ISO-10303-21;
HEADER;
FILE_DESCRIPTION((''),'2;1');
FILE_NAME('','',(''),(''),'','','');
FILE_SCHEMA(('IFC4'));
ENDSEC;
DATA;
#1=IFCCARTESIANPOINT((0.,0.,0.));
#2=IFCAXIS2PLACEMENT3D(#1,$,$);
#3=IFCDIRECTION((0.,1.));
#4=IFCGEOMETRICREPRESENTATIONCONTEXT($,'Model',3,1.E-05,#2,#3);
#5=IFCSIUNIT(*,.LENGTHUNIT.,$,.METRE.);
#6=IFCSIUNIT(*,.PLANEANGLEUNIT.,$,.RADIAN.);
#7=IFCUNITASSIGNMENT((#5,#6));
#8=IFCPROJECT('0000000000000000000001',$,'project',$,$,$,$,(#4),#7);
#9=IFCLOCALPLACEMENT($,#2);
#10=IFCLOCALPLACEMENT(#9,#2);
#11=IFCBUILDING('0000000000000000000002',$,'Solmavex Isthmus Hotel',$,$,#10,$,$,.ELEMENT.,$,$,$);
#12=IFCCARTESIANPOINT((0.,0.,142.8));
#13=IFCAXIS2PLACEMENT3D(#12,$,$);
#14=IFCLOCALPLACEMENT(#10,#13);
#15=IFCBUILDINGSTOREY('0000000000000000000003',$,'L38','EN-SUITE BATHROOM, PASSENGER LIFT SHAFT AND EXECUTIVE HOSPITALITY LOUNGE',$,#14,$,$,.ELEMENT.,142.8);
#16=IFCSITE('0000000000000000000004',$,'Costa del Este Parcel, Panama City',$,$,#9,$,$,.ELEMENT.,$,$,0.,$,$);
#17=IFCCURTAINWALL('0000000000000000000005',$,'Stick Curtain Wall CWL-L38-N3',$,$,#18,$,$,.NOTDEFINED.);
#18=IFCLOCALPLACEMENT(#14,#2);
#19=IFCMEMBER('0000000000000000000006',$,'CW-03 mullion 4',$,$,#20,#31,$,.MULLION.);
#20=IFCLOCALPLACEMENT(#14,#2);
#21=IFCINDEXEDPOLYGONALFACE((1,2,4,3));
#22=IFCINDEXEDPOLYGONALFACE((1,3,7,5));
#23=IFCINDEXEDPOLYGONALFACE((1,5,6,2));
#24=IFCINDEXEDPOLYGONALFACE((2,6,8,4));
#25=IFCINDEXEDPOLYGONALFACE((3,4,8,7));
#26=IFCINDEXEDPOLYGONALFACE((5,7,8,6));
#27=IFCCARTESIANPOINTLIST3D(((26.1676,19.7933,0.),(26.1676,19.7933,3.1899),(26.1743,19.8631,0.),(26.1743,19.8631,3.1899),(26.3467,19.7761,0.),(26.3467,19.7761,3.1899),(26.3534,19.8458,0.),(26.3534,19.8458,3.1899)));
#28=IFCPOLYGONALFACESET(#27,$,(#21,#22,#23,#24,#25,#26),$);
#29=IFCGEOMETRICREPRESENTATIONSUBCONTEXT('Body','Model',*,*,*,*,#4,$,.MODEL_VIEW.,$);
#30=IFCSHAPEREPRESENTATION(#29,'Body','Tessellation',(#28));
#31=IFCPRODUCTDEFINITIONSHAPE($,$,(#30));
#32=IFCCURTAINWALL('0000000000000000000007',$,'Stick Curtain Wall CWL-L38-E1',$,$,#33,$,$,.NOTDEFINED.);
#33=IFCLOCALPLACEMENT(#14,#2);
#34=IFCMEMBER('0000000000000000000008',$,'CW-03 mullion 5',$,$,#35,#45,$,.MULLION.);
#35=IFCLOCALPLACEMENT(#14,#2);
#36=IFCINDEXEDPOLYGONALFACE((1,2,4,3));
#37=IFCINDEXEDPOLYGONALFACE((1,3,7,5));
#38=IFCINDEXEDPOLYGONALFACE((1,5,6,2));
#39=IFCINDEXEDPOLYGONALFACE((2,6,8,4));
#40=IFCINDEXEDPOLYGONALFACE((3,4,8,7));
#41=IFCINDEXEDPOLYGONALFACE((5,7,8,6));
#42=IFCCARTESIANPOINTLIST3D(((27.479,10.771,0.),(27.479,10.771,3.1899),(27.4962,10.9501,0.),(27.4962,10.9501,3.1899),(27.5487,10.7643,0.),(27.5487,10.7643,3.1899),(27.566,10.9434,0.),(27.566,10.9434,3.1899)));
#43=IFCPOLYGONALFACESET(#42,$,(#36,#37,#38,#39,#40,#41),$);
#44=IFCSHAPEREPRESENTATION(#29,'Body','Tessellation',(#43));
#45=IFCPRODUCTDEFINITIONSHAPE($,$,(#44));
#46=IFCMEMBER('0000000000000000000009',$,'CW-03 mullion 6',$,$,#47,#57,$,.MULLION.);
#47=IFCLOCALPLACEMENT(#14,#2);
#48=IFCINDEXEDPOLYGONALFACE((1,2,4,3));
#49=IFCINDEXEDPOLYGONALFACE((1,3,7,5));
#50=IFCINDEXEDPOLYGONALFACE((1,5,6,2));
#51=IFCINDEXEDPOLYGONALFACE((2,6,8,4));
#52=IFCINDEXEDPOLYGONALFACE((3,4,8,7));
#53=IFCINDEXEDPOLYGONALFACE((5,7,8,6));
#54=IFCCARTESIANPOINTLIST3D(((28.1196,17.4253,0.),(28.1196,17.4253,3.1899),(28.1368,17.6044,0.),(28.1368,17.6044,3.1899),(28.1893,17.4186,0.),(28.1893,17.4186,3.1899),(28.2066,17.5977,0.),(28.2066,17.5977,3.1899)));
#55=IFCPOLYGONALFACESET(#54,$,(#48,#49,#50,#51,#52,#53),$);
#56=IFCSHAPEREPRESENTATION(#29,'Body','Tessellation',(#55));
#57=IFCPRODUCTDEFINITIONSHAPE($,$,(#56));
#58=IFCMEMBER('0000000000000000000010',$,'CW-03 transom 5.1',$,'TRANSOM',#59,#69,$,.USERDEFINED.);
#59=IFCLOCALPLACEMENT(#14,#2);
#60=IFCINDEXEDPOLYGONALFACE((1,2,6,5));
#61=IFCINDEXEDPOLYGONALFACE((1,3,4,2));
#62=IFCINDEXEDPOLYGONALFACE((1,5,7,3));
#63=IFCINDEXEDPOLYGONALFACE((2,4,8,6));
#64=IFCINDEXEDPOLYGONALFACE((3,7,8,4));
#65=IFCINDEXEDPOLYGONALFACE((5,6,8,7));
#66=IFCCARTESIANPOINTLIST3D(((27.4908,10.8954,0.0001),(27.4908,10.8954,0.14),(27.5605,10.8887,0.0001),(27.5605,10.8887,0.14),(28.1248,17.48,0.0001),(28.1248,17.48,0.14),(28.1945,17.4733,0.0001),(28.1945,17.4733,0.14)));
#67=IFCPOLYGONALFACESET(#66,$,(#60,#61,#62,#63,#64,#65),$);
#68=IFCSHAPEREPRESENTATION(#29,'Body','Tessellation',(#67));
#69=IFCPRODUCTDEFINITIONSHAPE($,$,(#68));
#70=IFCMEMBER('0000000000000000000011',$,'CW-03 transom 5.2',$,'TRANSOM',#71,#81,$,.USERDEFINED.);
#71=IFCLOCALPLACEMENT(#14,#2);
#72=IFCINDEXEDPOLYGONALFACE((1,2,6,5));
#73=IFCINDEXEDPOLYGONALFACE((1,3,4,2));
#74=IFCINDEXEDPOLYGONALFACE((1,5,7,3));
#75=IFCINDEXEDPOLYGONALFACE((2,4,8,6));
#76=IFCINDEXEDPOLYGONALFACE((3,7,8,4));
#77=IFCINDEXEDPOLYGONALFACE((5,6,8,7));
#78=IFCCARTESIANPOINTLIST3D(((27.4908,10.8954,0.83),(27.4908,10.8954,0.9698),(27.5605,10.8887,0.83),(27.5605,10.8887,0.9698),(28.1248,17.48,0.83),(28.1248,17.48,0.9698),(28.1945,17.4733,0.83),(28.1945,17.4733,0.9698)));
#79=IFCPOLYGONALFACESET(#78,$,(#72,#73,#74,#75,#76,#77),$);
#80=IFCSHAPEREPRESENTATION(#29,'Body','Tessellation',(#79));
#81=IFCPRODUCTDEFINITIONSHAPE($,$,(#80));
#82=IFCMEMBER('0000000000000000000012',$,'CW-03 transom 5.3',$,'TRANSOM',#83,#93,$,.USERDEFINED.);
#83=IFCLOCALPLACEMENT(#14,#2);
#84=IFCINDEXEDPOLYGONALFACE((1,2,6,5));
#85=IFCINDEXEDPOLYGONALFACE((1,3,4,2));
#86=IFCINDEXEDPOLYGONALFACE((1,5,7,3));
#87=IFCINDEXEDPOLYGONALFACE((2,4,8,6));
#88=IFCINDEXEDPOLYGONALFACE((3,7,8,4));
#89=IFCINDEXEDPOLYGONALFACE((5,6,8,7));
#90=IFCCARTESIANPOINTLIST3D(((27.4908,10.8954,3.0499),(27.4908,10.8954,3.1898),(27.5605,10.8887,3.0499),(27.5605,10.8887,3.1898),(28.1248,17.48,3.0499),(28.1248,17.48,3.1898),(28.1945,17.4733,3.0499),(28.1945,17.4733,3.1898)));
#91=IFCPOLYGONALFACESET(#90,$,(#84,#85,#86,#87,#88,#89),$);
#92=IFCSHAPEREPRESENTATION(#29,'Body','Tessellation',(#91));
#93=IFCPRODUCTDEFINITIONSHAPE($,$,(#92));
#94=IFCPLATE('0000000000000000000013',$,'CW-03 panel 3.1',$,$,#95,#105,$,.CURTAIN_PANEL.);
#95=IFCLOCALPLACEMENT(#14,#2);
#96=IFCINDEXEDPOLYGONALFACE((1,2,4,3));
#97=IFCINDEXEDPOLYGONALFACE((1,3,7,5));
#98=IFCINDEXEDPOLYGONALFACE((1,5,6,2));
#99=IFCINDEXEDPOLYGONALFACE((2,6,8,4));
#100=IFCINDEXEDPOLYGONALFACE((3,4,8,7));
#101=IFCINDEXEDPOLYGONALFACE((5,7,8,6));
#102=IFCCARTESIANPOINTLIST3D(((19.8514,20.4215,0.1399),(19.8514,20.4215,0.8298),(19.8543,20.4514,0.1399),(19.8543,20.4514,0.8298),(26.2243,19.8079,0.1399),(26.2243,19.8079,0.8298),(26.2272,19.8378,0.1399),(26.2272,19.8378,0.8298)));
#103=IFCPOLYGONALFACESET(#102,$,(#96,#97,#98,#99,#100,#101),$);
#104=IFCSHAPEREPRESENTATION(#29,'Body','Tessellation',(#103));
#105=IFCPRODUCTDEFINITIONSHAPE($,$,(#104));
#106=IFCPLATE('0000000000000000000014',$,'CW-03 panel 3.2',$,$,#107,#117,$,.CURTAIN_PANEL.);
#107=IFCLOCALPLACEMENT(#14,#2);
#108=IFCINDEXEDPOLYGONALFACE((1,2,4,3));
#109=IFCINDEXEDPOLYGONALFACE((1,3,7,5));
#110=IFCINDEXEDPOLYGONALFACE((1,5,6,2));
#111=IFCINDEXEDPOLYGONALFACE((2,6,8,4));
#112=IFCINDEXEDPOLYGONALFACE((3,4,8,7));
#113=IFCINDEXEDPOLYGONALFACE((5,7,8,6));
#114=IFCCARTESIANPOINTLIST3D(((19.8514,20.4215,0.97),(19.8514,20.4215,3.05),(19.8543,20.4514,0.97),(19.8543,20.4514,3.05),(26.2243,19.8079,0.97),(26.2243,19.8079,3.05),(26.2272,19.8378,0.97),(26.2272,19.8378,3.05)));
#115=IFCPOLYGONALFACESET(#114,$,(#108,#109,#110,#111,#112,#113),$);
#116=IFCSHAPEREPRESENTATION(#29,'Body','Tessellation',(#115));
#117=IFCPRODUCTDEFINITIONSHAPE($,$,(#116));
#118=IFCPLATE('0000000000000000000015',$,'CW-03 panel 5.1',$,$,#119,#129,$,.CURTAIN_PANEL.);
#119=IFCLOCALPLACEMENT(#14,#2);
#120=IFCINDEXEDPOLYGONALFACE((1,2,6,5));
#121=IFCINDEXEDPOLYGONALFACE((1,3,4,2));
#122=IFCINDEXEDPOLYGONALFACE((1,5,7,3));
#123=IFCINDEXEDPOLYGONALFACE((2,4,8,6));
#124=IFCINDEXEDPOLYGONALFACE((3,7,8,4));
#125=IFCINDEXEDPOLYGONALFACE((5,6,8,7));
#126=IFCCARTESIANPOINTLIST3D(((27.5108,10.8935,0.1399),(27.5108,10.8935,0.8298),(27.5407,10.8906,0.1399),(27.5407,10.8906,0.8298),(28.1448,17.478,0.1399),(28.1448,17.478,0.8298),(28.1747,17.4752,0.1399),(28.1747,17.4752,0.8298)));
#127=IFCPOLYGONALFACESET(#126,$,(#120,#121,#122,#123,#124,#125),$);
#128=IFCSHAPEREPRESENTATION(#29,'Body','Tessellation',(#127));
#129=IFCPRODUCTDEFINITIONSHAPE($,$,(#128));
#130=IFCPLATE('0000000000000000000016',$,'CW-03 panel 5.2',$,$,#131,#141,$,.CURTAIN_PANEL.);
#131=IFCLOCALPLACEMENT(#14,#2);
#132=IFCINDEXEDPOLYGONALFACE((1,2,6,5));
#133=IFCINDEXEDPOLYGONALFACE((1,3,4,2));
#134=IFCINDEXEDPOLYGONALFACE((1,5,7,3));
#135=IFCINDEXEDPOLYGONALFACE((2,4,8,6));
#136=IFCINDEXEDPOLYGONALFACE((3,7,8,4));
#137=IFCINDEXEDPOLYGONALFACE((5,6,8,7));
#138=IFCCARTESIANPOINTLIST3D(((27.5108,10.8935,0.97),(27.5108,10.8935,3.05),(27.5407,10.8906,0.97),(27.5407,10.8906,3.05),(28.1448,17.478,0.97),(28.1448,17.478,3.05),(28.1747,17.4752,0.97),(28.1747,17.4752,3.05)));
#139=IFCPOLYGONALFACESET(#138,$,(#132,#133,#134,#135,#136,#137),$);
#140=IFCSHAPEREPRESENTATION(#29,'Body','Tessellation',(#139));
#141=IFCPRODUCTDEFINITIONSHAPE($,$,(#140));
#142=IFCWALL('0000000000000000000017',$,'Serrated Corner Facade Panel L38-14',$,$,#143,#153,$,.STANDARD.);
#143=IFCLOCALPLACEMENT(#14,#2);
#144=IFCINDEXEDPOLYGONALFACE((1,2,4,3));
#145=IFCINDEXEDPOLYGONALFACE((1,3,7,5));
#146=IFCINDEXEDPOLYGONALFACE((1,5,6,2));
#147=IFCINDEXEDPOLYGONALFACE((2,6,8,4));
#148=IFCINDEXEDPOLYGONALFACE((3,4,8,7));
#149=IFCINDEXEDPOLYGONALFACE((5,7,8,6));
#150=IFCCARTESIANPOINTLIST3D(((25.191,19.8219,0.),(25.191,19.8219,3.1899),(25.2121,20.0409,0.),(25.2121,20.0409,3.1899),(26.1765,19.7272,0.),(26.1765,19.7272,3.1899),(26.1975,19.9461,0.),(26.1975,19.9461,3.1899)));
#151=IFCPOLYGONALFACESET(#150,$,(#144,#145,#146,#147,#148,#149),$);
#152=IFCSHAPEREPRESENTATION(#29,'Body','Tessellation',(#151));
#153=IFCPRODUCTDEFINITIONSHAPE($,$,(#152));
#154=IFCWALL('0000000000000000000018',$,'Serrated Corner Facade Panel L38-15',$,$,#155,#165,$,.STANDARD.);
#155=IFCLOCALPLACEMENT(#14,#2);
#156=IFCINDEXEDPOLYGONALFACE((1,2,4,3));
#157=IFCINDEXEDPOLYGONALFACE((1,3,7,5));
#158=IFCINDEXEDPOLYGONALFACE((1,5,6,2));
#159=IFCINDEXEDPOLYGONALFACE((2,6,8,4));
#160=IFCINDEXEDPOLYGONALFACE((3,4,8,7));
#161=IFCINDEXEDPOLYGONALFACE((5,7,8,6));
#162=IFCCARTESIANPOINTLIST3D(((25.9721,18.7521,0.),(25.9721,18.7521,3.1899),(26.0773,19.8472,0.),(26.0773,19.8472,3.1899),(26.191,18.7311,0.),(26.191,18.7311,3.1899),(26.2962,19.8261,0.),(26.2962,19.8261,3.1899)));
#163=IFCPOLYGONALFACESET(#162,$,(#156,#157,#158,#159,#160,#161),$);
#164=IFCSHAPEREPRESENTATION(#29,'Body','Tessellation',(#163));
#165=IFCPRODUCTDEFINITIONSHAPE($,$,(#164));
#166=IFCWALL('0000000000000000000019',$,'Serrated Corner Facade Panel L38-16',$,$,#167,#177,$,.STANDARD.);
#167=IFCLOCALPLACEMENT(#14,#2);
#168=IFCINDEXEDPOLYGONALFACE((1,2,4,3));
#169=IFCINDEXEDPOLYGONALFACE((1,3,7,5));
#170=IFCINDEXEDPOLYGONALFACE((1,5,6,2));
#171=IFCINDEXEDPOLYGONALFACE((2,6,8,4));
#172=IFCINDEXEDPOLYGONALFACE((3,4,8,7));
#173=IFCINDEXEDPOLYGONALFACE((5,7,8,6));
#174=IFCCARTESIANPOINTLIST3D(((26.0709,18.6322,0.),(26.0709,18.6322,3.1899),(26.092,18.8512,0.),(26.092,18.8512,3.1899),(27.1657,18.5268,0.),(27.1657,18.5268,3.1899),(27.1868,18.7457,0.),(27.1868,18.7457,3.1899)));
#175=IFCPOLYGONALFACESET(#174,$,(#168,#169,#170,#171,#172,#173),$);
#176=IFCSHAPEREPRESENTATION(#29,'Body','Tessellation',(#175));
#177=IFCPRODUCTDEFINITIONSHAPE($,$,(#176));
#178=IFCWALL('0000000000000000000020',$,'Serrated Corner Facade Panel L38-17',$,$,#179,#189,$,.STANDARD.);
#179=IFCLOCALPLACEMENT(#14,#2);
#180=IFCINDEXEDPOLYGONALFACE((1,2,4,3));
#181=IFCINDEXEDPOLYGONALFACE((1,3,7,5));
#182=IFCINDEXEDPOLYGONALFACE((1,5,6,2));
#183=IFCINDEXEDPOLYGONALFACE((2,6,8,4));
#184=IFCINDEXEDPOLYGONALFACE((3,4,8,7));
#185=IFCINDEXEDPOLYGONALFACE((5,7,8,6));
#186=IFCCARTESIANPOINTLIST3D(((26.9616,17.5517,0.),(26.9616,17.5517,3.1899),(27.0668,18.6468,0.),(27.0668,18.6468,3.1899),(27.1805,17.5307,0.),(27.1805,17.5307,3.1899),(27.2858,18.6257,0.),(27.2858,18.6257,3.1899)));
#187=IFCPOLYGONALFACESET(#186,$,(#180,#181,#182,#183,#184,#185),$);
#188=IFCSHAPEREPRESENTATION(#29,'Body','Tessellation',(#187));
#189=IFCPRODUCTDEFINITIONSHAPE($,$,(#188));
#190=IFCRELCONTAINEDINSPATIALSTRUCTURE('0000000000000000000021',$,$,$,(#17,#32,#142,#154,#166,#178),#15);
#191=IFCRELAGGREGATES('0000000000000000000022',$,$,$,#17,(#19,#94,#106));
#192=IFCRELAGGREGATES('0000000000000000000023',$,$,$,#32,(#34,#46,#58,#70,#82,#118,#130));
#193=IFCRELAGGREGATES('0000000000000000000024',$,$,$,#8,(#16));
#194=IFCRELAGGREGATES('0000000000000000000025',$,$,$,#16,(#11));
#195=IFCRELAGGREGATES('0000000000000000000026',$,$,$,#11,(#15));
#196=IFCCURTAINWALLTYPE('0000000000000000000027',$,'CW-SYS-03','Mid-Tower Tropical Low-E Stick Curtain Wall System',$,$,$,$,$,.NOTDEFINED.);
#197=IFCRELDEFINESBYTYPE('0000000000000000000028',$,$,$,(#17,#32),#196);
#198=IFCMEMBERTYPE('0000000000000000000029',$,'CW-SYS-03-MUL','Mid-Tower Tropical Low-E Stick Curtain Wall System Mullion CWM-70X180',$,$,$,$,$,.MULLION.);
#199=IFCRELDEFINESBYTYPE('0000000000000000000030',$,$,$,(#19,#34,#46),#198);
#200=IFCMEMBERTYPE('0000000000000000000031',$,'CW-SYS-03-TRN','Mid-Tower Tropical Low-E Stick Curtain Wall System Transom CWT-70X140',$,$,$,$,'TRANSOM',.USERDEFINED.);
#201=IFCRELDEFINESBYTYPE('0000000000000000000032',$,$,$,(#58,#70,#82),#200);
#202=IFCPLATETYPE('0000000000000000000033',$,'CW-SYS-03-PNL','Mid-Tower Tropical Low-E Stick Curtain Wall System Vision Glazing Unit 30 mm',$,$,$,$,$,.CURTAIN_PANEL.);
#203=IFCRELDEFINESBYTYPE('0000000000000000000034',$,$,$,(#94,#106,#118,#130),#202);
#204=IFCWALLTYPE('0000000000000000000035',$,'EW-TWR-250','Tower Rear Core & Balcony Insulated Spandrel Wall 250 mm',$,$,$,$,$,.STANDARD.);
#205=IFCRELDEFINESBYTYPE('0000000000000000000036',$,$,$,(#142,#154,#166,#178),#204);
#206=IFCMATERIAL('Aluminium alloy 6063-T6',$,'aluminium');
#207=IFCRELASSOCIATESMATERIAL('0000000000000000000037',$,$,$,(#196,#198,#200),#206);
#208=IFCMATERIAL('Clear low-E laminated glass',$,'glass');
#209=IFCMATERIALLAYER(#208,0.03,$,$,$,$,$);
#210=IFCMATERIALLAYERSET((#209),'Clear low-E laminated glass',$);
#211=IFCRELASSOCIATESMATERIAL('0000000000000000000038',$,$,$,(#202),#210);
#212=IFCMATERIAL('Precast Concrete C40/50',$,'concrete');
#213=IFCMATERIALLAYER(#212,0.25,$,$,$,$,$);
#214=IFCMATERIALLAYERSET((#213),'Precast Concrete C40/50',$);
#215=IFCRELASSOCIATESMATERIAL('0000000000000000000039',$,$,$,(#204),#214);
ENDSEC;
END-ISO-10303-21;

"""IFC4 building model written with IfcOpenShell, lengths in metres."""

from ifc_helpers import new_model, si_unit, direction, frame, frame_2d, origin, origin_2d, place, context, subcontext, project, spatial, rectangle, extrude, material, layer, layer_set, material_profile, profile_set, type_object, element, aggregate, save


model = new_model("IFC4")

# Units and contexts
model_context = context("Model", 3, precision=1e-05, world=origin(), true_north=direction((0.0, 1.0)))
body_context = subcontext(model_context, "Body", "Model", "MODEL_VIEW")
ifc_project = project(units=[si_unit("LENGTHUNIT", "METRE"), si_unit("PLANEANGLEUNIT", "RADIAN")], contexts=[model_context])

# Site, building, storey
site_placement = place(None, origin())
site = spatial("IfcSite", under=ifc_project, at=site_placement, Name="Costa del Este Parcel, Panama City", CompositionType="ELEMENT", RefElevation=0.0)
building_placement = place(site_placement, origin())
building = spatial("IfcBuilding", under=site, at=building_placement, Name="Solmavex Isthmus Hotel", CompositionType="ELEMENT")
storey_placement = place(building_placement, frame((0.0, 0.0, 142.8)))
storey = spatial("IfcBuildingStorey", under=building, at=storey_placement, Name="L38", Description="EN-SUITE BATHROOM, PASSENGER LIFT SHAFT AND EXECUTIVE HOSPITALITY LOUNGE", CompositionType="ELEMENT", Elevation=142.8)

# Curtain wall, member
ifc_material_1 = material(Name="Aluminium alloy 6063-T6", Category="aluminium")
curtain_wall_type = type_object("IfcCurtainWallType", Name="CW-SYS-03", Description="Mid-Tower Tropical Low-E Stick Curtain Wall System", PredefinedType="NOTDEFINED", material=ifc_material_1)
curtain_wall_1_placement = place(storey_placement, origin())
curtain_wall_1 = element("IfcCurtainWall", 1, at=curtain_wall_1_placement, inside=storey, type_object=curtain_wall_type, Name="Stick Curtain Wall CWL-L38-N3", PredefinedType="NOTDEFINED")
ifc_material_profile_1 = material_profile(ifc_material_1, rectangle(XDim=0.0701, YDim=0.1799, at=origin_2d()), Name="CWM-70X180")
ifc_profile_set_1 = profile_set([ifc_material_profile_1], Name="Aluminium alloy 6063-T6")
member_type_1 = type_object("IfcMemberType", Name="CW-SYS-03-MUL", Description="Mid-Tower Tropical Low-E Stick Curtain Wall System Mullion CWM-70X180", PredefinedType="MULLION", material=ifc_profile_set_1)
member_1_placement = place(storey_placement, frame((26.2605, 19.8196, 0.0), z_axis=(0.0, 0.0, 1.0), x_axis=(0.095846, 0.995396, 0.0)))
member_1 = element("IfcMember", 2, at=member_1_placement, type_object=member_type_1, Name="CW-03 mullion 4", PredefinedType="MULLION", context=body_context, shape_type="SweptSolid", body=[
    extrude(rectangle(XDim=0.0701, YDim=0.1799, at=origin_2d()), origin(), (0.0, 0.0, 1.0), 3.1899),
])

# Curtain wall, members
curtain_wall_2_placement = place(storey_placement, origin())
curtain_wall_2 = element("IfcCurtainWall", 3, at=curtain_wall_2_placement, inside=storey, type_object=curtain_wall_type, Name="Stick Curtain Wall CWL-L38-E1", PredefinedType="NOTDEFINED")
member_2_placement = place(storey_placement, frame((27.5225, 10.8572, 0.0), z_axis=(0.0, 0.0, 1.0), x_axis=(-0.995396, 0.095846, 0.0)))
member_2 = element("IfcMember", 4, at=member_2_placement, type_object=member_type_1, Name="CW-03 mullion 5", PredefinedType="MULLION", context=body_context, shape_type="SweptSolid", body=[
    extrude(rectangle(XDim=0.0701, YDim=0.1799, at=origin_2d()), origin(), (0.0, 0.0, 1.0), 3.1899),
])
member_3_placement = place(storey_placement, frame((28.1631, 17.5115, 0.0), z_axis=(0.0, 0.0, 1.0), x_axis=(-0.995396, 0.095846, 0.0)))
member_3 = element("IfcMember", 5, at=member_3_placement, type_object=member_type_1, Name="CW-03 mullion 6", PredefinedType="MULLION", context=body_context, shape_type="SweptSolid", body=[
    extrude(rectangle(XDim=0.0701, YDim=0.1799, at=origin_2d()), origin(), (0.0, 0.0, 1.0), 3.1899),
])
ifc_material_profile_2 = material_profile(ifc_material_1, rectangle(XDim=0.0701, YDim=0.1399, at=origin_2d()), Name="CWT-70X140")
ifc_profile_set_2 = profile_set([ifc_material_profile_2], Name="Aluminium alloy 6063-T6")
member_type_2 = type_object("IfcMemberType", Name="CW-SYS-03-TRN", Description="Mid-Tower Tropical Low-E Stick Curtain Wall System Transom CWT-70X140", ElementType="TRANSOM", PredefinedType="USERDEFINED", material=ifc_profile_set_2)
member_4_placement = place(storey_placement, frame((27.5256, 10.8921, 0.0701), z_axis=(0.095849, 0.995396, 0.0), x_axis=(-0.995396, 0.095849, 0.0)))
member_4 = element("IfcMember", 6, at=member_4_placement, type_object=member_type_2, Name="CW-03 transom 5.1", ObjectType="TRANSOM", PredefinedType="USERDEFINED", context=body_context, shape_type="SweptSolid", body=[
    extrude(rectangle(XDim=0.0701, YDim=0.1399, at=origin_2d()), origin(), (0.0, 0.0, 1.0), 6.615),
])
member_5_placement = place(storey_placement, frame((27.5256, 10.8921, 0.8999), z_axis=(0.095849, 0.995396, 0.0), x_axis=(-0.995396, 0.095849, 0.0)))
member_5 = element("IfcMember", 7, at=member_5_placement, type_object=member_type_2, Name="CW-03 transom 5.2", ObjectType="TRANSOM", PredefinedType="USERDEFINED", context=body_context, shape_type="SweptSolid", body=[
    extrude(rectangle(XDim=0.0701, YDim=0.1399, at=origin_2d()), origin(), (0.0, 0.0, 1.0), 6.615),
])
member_6_placement = place(storey_placement, frame((27.5256, 10.8921, 3.1199), z_axis=(0.095849, 0.995396, 0.0), x_axis=(-0.995396, 0.095849, 0.0)))
member_6 = element("IfcMember", 8, at=member_6_placement, type_object=member_type_2, Name="CW-03 transom 5.3", ObjectType="TRANSOM", PredefinedType="USERDEFINED", context=body_context, shape_type="SweptSolid", body=[
    extrude(rectangle(XDim=0.0701, YDim=0.1399, at=origin_2d()), origin(), (0.0, 0.0, 1.0), 6.615),
])

# Plates
ifc_material_2 = material(Name="Clear low-E laminated glass", Category="glass")
ifc_layer_1 = layer(ifc_material_2, 0.03)
ifc_layer_set_1 = layer_set([ifc_layer_1], Name="Clear low-E laminated glass")
plate_type = type_object("IfcPlateType", Name="CW-SYS-03-PNL", Description="Mid-Tower Tropical Low-E Stick Curtain Wall System Vision Glazing Unit 30 mm", PredefinedType="CURTAIN_PANEL", material=ifc_layer_set_1)
plate_1_placement = place(storey_placement, frame((23.0393, 20.1296, 0.1399), z_axis=(0.0, 0.0, 1.0), x_axis=(0.995396, -0.095846, 0.0)))
plate_1 = element("IfcPlate", 9, at=plate_1_placement, type_object=plate_type, Name="CW-03 panel 3.1", PredefinedType="CURTAIN_PANEL", context=body_context, shape_type="SweptSolid", body=[
    extrude(rectangle(XDim=6.4023, YDim=0.03, at=origin_2d()), origin(), (0.0, 0.0, 1.0), 0.6899),
])
plate_2_placement = place(storey_placement, frame((23.0393, 20.1296, 0.97), z_axis=(0.0, 0.0, 1.0), x_axis=(0.995396, -0.095846, 0.0)))
plate_2 = element("IfcPlate", 10, at=plate_2_placement, type_object=plate_type, Name="CW-03 panel 3.2", PredefinedType="CURTAIN_PANEL", context=body_context, shape_type="SweptSolid", body=[
    extrude(rectangle(XDim=6.4023, YDim=0.03, at=origin_2d()), origin(), (0.0, 0.0, 1.0), 2.0801),
])
aggregate(curtain_wall_1, [member_1, plate_1, plate_2])
plate_3_placement = place(storey_placement, frame((27.8428, 14.1843, 0.1399), z_axis=(0.0, 0.0, 1.0), x_axis=(0.095846, 0.995396, 0.0)))
plate_3 = element("IfcPlate", 11, at=plate_3_placement, type_object=plate_type, Name="CW-03 panel 5.1", PredefinedType="CURTAIN_PANEL", context=body_context, shape_type="SweptSolid", body=[
    extrude(rectangle(XDim=6.615, YDim=0.03, at=origin_2d()), origin(), (0.0, 0.0, 1.0), 0.6899),
])
plate_4_placement = place(storey_placement, frame((27.8428, 14.1843, 0.97), z_axis=(0.0, 0.0, 1.0), x_axis=(0.095846, 0.995396, 0.0)))
plate_4 = element("IfcPlate", 12, at=plate_4_placement, type_object=plate_type, Name="CW-03 panel 5.2", PredefinedType="CURTAIN_PANEL", context=body_context, shape_type="SweptSolid", body=[
    extrude(rectangle(XDim=6.615, YDim=0.03, at=origin_2d()), origin(), (0.0, 0.0, 1.0), 2.0801),
])
aggregate(curtain_wall_2, [member_2, member_3, member_4, member_5, member_6, plate_3, plate_4])

# Walls
ifc_material_3 = material(Name="Precast Concrete C40/50", Category="concrete")
ifc_layer_2 = layer(ifc_material_3, 0.25)
ifc_layer_set_2 = layer_set([ifc_layer_2], Name="Precast Concrete C40/50")
wall_type_1 = type_object("IfcWallType", Name="EW-TWR-250", Description="Tower Rear Core & Balcony Insulated Spandrel Wall 250 mm", PredefinedType="STANDARD", material=ifc_layer_set_2)
wall_1_placement = place(storey_placement, frame((25.2014, 19.9314, 0.0), z_axis=(0.0, 0.0, 1.0), x_axis=(0.995411, -0.095694, 0.0)))
element("IfcWall", 13, at=wall_1_placement, inside=storey, type_object=wall_type_1, Name="Serrated Corner Facade Panel L38-14", PredefinedType="STANDARD", context=body_context, shape_type="SweptSolid", body=[
    extrude(rectangle(XDim=0.99, YDim=0.22, at=frame_2d((0.4951, 0.0))), origin(), (0.0, 0.0, 1.0), 3.1899),
])
wall_2_placement = place(storey_placement, frame((26.1868, 19.8367, 0.0), z_axis=(0.0, 0.0, 1.0), x_axis=(-0.095657, -0.995414, 0.0)))
element("IfcWall", 14, at=wall_2_placement, inside=storey, type_object=wall_type_1, Name="Serrated Corner Facade Panel L38-15", PredefinedType="STANDARD", context=body_context, shape_type="SweptSolid", body=[
    extrude(rectangle(XDim=1.1001, YDim=0.22, at=frame_2d((0.55, 0.0))), origin(), (0.0, 0.0, 1.0), 3.1899),
])
wall_3_placement = place(storey_placement, frame((26.0815, 18.7417, 0.0), z_axis=(0.0, 0.0, 1.0), x_axis=(0.995391, -0.095899, 0.0)))
element("IfcWall", 15, at=wall_3_placement, inside=storey, type_object=wall_type_1, Name="Serrated Corner Facade Panel L38-16", PredefinedType="STANDARD", context=body_context, shape_type="SweptSolid", body=[
    extrude(rectangle(XDim=1.0999, YDim=0.22, at=frame_2d((0.5498, 0.0))), origin(), (0.0, 0.0, 1.0), 3.1899),
])
wall_4_placement = place(storey_placement, frame((27.1763, 18.6362, 0.0), z_axis=(0.0, 0.0, 1.0), x_axis=(-0.095657, -0.995414, 0.0)))
element("IfcWall", 16, at=wall_4_placement, inside=storey, type_object=wall_type_1, Name="Serrated Corner Facade Panel L38-17", PredefinedType="STANDARD", context=body_context, shape_type="SweptSolid", body=[
    extrude(rectangle(XDim=1.1001, YDim=0.22, at=frame_2d((0.55, 0.0))), origin(), (0.0, 0.0, 1.0), 3.1899),
])

save(model, "model.ifc")
